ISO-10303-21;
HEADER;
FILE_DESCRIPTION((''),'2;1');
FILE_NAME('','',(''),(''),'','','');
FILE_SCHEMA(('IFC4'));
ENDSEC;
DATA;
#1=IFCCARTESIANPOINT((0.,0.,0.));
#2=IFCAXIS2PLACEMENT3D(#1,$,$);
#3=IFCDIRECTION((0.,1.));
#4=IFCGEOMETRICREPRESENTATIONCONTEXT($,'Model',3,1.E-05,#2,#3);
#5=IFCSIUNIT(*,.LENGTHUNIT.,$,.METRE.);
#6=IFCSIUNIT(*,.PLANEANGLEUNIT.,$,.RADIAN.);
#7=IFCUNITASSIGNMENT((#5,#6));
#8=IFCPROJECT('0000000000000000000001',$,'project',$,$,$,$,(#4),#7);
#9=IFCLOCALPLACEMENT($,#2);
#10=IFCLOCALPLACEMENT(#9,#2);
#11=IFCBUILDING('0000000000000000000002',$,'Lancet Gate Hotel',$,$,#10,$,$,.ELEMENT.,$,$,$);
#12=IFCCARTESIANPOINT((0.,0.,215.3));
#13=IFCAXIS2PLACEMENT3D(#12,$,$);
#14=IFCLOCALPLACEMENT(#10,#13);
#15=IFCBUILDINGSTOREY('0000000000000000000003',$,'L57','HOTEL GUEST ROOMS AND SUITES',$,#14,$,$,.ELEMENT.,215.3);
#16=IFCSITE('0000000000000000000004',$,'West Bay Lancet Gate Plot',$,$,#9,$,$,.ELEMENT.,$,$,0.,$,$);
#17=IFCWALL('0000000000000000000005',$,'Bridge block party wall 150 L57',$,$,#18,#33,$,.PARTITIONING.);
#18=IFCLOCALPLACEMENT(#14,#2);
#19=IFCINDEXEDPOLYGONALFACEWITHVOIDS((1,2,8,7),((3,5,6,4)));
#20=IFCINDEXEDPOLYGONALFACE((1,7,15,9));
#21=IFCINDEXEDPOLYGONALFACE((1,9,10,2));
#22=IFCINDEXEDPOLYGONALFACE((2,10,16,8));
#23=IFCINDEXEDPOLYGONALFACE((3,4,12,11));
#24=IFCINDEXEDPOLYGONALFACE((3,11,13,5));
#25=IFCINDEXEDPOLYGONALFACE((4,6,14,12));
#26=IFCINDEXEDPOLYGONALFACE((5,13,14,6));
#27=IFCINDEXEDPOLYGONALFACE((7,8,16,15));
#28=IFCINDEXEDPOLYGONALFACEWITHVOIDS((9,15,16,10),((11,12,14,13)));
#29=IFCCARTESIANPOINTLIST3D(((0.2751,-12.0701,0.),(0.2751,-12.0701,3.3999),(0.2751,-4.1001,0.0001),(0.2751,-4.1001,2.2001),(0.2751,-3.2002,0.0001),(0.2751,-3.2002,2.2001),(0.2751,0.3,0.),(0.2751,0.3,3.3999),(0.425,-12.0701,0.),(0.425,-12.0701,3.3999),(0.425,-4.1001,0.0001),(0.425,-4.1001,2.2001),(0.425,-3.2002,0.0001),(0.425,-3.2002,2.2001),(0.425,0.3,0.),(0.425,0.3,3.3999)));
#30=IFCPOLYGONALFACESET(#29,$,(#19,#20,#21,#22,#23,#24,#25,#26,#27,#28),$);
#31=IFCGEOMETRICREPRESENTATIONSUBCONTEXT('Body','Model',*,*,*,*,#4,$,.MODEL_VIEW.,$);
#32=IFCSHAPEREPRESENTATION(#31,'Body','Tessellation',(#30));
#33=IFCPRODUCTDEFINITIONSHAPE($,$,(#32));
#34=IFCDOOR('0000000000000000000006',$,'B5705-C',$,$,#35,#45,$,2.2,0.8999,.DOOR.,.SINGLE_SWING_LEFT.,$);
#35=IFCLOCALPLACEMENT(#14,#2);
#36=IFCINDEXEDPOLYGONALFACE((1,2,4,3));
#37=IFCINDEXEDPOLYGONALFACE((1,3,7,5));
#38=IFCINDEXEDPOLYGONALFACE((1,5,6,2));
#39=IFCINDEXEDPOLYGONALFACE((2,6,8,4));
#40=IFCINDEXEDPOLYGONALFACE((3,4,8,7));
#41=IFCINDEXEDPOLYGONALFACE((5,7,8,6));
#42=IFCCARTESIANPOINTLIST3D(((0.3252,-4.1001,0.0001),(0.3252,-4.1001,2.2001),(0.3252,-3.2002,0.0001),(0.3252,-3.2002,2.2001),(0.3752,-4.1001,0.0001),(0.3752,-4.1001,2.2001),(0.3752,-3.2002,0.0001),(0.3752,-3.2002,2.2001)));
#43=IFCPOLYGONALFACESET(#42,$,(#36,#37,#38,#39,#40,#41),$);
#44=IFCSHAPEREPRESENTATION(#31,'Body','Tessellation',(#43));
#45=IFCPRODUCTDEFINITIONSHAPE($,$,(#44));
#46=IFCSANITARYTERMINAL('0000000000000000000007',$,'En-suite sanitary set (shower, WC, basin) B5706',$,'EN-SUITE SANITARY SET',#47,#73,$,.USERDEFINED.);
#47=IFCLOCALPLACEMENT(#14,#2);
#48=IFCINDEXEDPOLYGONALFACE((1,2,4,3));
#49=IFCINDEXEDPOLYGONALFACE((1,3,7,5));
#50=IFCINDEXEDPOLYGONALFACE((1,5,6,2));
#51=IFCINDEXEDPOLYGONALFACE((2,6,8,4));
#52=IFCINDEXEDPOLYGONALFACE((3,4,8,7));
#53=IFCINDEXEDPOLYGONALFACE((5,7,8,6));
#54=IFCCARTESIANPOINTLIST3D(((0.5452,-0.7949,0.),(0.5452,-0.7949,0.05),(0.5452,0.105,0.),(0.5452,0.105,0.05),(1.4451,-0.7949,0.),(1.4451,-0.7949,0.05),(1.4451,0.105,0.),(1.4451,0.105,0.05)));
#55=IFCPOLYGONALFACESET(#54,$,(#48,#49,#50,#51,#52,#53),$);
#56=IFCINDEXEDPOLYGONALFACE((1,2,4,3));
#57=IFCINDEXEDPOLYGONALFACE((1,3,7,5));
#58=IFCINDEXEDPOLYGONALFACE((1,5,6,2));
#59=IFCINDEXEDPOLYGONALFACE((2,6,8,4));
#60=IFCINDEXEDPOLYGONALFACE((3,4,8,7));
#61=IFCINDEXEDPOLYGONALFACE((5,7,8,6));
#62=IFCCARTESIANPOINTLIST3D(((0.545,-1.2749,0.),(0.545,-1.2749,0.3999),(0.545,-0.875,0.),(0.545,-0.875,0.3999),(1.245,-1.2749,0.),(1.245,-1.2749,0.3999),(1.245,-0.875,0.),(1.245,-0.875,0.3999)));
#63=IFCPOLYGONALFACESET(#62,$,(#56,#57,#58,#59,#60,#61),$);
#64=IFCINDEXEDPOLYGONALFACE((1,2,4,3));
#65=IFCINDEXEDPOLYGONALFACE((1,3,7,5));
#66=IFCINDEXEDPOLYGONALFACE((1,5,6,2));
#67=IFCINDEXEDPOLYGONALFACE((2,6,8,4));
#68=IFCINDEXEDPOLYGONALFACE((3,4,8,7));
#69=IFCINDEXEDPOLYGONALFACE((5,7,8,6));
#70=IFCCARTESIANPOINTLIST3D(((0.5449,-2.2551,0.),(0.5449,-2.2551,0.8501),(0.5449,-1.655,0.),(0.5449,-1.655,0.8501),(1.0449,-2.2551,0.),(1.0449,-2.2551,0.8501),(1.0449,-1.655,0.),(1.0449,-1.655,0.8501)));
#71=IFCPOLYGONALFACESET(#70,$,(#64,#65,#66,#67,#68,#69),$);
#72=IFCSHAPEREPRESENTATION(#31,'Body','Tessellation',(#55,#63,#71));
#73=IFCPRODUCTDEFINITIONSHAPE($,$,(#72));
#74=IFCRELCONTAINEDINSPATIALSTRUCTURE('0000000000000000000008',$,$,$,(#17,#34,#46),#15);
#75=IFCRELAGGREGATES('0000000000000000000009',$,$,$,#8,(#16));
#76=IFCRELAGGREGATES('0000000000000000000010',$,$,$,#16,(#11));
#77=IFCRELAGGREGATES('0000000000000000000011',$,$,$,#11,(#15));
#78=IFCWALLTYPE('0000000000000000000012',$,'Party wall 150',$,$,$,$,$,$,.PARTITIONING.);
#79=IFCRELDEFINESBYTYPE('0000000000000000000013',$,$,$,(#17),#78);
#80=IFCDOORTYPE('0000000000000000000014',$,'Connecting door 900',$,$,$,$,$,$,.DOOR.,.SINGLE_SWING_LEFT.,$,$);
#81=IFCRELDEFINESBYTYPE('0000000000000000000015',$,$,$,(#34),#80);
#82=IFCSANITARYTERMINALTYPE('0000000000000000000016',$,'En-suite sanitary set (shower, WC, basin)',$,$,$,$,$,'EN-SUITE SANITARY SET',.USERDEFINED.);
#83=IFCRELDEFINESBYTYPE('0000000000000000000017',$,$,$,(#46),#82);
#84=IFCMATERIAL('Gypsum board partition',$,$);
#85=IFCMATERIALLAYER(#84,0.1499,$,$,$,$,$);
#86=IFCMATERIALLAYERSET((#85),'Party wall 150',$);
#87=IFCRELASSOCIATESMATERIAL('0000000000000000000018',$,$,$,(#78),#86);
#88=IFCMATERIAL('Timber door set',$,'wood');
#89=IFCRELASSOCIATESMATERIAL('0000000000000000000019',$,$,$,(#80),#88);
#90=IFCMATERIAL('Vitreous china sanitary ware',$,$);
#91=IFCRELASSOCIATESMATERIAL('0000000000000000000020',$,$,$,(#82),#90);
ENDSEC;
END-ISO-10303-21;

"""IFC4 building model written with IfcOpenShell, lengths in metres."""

from ifc_helpers import new_model, si_unit, direction, frame, frame_2d, origin, origin_2d, place, context, subcontext, project, spatial, rectangle, extrude, material, layer, layer_set, type_object, element, fill, save


model = new_model("IFC4")

# Units and contexts
model_context = context("Model", 3, precision=1e-05, world=origin(), true_north=direction((0.0, 1.0)))
body_context = subcontext(model_context, "Body", "Model", "MODEL_VIEW")
ifc_project = project(units=[si_unit("LENGTHUNIT", "METRE"), si_unit("PLANEANGLEUNIT", "RADIAN")], contexts=[model_context])

# Site, building, storey
site_placement = place(None, origin())
site = spatial("IfcSite", under=ifc_project, at=site_placement, Name="West Bay Lancet Gate Plot", CompositionType="ELEMENT", RefElevation=0.0)
building_placement = place(site_placement, origin())
building = spatial("IfcBuilding", under=site, at=building_placement, Name="Lancet Gate Hotel", CompositionType="ELEMENT")
storey_placement = place(building_placement, frame((0.0, 0.0, 215.3)))
storey = spatial("IfcBuildingStorey", under=building, at=storey_placement, Name="L57", Description="HOTEL GUEST ROOMS AND SUITES", CompositionType="ELEMENT", Elevation=215.3)

# Wall, opening, door
ifc_material_1 = material(Name="Gypsum board partition")
ifc_layer_1 = layer(ifc_material_1, 0.1499)
ifc_layer_set_1 = layer_set([ifc_layer_1], Name="Party wall 150")
wall_type_1 = type_object("IfcWallType", Name="Party wall 150", PredefinedType="PARTITIONING", material=ifc_layer_set_1)
wall_1_placement = place(storey_placement, frame((0.3501, -12.0701, 0.0), z_axis=(0.0, 0.0, 1.0), x_axis=(0.0, 1.0, 0.0)))
wall_1 = element("IfcWall", 1, at=wall_1_placement, inside=storey, type_object=wall_type_1, Name="Bridge block party wall 150 L57", PredefinedType="PARTITIONING", context=body_context, shape_type="SweptSolid", body=[
    extrude(rectangle(XDim=12.3701, YDim=0.1499, at=frame_2d((6.1851, 0.0))), origin(), (0.0, 0.0, 1.0), 3.3999),
])
opening_1_placement = place(wall_1_placement, frame((7.97, 0.0, 0.0)))
opening_1 = element("IfcOpeningElement", 2, at=opening_1_placement, cuts=wall_1, PredefinedType="OPENING", context=body_context, shape_type="SweptSolid", body=[
    extrude(rectangle(XDim=0.8999, YDim=2.2, at=frame_2d((0.45, 1.1001))), frame((0.0, 0.085, 0.0), z_axis=(0.0, -1.0, 0.0), x_axis=(1.0, 0.0, 0.0)), (0.0, 0.0, 1.0), 0.1699),
])
ifc_material_2 = material(Name="Timber door set", Category="wood")
door_type_1 = type_object("IfcDoorType", Name="Connecting door 900", OperationType="SINGLE_SWING_LEFT", PredefinedType="DOOR", material=ifc_material_2)
door_1_placement = place(opening_1_placement, origin())
door_1 = element("IfcDoor", 3, at=door_1_placement, inside=storey, type_object=door_type_1, Name="B5705-C", OperationType="SINGLE_SWING_LEFT", OverallHeight=2.2, OverallWidth=0.8999, PredefinedType="DOOR", context=body_context, shape_type="SweptSolid", body=[
    extrude(rectangle(XDim=0.8999, YDim=2.2, at=frame_2d((0.45, 1.1001))), frame((0.0, 0.0249, 0.0), z_axis=(0.0, -1.0, 0.0), x_axis=(1.0, 0.0, 0.0)), (0.0, 0.0, 1.0), 0.05),
])
fill(opening_1, door_1)

# Sanitary terminal
ifc_material_3 = material(Name="Vitreous china sanitary ware")
sanitary_terminal_type = type_object("IfcSanitaryTerminalType", Name="En-suite sanitary set (shower, WC, basin)", ElementType="EN-SUITE SANITARY SET", PredefinedType="USERDEFINED", material=ifc_material_3)
sanitary_terminal_placement = place(storey_placement, frame((0.9951, -0.345, 0.0), z_axis=(0.0, 0.0, 1.0), x_axis=(1.0, 0.0, 0.0)))
element("IfcSanitaryTerminal", 4, at=sanitary_terminal_placement, inside=storey, type_object=sanitary_terminal_type, Name="En-suite sanitary set (shower, WC, basin) B5706", ObjectType="EN-SUITE SANITARY SET", PredefinedType="USERDEFINED", context=body_context, shape_type="SweptSolid", body=[
    extrude(rectangle(XDim=0.8999, YDim=0.8999, at=origin_2d()), frame((0.0, 0.0, 0.0), z_axis=(0.0, 0.0, 1.0), x_axis=(0.0, 1.0, 0.0)), (0.0, 0.0, 1.0), 0.05),
    extrude(rectangle(XDim=0.3999, YDim=0.7, at=origin_2d()), frame((-0.1001, -0.73, 0.0), z_axis=(0.0, 0.0, 1.0), x_axis=(0.0, 1.0, 0.0)), (0.0, 0.0, 1.0), 0.3999),
    extrude(rectangle(XDim=0.6001, YDim=0.5, at=origin_2d()), frame((-0.2002, -1.6101, 0.0), z_axis=(0.0, 0.0, 1.0), x_axis=(0.0, 1.0, 0.0)), (0.0, 0.0, 1.0), 0.8501),
])

save(model, "model.ifc")
